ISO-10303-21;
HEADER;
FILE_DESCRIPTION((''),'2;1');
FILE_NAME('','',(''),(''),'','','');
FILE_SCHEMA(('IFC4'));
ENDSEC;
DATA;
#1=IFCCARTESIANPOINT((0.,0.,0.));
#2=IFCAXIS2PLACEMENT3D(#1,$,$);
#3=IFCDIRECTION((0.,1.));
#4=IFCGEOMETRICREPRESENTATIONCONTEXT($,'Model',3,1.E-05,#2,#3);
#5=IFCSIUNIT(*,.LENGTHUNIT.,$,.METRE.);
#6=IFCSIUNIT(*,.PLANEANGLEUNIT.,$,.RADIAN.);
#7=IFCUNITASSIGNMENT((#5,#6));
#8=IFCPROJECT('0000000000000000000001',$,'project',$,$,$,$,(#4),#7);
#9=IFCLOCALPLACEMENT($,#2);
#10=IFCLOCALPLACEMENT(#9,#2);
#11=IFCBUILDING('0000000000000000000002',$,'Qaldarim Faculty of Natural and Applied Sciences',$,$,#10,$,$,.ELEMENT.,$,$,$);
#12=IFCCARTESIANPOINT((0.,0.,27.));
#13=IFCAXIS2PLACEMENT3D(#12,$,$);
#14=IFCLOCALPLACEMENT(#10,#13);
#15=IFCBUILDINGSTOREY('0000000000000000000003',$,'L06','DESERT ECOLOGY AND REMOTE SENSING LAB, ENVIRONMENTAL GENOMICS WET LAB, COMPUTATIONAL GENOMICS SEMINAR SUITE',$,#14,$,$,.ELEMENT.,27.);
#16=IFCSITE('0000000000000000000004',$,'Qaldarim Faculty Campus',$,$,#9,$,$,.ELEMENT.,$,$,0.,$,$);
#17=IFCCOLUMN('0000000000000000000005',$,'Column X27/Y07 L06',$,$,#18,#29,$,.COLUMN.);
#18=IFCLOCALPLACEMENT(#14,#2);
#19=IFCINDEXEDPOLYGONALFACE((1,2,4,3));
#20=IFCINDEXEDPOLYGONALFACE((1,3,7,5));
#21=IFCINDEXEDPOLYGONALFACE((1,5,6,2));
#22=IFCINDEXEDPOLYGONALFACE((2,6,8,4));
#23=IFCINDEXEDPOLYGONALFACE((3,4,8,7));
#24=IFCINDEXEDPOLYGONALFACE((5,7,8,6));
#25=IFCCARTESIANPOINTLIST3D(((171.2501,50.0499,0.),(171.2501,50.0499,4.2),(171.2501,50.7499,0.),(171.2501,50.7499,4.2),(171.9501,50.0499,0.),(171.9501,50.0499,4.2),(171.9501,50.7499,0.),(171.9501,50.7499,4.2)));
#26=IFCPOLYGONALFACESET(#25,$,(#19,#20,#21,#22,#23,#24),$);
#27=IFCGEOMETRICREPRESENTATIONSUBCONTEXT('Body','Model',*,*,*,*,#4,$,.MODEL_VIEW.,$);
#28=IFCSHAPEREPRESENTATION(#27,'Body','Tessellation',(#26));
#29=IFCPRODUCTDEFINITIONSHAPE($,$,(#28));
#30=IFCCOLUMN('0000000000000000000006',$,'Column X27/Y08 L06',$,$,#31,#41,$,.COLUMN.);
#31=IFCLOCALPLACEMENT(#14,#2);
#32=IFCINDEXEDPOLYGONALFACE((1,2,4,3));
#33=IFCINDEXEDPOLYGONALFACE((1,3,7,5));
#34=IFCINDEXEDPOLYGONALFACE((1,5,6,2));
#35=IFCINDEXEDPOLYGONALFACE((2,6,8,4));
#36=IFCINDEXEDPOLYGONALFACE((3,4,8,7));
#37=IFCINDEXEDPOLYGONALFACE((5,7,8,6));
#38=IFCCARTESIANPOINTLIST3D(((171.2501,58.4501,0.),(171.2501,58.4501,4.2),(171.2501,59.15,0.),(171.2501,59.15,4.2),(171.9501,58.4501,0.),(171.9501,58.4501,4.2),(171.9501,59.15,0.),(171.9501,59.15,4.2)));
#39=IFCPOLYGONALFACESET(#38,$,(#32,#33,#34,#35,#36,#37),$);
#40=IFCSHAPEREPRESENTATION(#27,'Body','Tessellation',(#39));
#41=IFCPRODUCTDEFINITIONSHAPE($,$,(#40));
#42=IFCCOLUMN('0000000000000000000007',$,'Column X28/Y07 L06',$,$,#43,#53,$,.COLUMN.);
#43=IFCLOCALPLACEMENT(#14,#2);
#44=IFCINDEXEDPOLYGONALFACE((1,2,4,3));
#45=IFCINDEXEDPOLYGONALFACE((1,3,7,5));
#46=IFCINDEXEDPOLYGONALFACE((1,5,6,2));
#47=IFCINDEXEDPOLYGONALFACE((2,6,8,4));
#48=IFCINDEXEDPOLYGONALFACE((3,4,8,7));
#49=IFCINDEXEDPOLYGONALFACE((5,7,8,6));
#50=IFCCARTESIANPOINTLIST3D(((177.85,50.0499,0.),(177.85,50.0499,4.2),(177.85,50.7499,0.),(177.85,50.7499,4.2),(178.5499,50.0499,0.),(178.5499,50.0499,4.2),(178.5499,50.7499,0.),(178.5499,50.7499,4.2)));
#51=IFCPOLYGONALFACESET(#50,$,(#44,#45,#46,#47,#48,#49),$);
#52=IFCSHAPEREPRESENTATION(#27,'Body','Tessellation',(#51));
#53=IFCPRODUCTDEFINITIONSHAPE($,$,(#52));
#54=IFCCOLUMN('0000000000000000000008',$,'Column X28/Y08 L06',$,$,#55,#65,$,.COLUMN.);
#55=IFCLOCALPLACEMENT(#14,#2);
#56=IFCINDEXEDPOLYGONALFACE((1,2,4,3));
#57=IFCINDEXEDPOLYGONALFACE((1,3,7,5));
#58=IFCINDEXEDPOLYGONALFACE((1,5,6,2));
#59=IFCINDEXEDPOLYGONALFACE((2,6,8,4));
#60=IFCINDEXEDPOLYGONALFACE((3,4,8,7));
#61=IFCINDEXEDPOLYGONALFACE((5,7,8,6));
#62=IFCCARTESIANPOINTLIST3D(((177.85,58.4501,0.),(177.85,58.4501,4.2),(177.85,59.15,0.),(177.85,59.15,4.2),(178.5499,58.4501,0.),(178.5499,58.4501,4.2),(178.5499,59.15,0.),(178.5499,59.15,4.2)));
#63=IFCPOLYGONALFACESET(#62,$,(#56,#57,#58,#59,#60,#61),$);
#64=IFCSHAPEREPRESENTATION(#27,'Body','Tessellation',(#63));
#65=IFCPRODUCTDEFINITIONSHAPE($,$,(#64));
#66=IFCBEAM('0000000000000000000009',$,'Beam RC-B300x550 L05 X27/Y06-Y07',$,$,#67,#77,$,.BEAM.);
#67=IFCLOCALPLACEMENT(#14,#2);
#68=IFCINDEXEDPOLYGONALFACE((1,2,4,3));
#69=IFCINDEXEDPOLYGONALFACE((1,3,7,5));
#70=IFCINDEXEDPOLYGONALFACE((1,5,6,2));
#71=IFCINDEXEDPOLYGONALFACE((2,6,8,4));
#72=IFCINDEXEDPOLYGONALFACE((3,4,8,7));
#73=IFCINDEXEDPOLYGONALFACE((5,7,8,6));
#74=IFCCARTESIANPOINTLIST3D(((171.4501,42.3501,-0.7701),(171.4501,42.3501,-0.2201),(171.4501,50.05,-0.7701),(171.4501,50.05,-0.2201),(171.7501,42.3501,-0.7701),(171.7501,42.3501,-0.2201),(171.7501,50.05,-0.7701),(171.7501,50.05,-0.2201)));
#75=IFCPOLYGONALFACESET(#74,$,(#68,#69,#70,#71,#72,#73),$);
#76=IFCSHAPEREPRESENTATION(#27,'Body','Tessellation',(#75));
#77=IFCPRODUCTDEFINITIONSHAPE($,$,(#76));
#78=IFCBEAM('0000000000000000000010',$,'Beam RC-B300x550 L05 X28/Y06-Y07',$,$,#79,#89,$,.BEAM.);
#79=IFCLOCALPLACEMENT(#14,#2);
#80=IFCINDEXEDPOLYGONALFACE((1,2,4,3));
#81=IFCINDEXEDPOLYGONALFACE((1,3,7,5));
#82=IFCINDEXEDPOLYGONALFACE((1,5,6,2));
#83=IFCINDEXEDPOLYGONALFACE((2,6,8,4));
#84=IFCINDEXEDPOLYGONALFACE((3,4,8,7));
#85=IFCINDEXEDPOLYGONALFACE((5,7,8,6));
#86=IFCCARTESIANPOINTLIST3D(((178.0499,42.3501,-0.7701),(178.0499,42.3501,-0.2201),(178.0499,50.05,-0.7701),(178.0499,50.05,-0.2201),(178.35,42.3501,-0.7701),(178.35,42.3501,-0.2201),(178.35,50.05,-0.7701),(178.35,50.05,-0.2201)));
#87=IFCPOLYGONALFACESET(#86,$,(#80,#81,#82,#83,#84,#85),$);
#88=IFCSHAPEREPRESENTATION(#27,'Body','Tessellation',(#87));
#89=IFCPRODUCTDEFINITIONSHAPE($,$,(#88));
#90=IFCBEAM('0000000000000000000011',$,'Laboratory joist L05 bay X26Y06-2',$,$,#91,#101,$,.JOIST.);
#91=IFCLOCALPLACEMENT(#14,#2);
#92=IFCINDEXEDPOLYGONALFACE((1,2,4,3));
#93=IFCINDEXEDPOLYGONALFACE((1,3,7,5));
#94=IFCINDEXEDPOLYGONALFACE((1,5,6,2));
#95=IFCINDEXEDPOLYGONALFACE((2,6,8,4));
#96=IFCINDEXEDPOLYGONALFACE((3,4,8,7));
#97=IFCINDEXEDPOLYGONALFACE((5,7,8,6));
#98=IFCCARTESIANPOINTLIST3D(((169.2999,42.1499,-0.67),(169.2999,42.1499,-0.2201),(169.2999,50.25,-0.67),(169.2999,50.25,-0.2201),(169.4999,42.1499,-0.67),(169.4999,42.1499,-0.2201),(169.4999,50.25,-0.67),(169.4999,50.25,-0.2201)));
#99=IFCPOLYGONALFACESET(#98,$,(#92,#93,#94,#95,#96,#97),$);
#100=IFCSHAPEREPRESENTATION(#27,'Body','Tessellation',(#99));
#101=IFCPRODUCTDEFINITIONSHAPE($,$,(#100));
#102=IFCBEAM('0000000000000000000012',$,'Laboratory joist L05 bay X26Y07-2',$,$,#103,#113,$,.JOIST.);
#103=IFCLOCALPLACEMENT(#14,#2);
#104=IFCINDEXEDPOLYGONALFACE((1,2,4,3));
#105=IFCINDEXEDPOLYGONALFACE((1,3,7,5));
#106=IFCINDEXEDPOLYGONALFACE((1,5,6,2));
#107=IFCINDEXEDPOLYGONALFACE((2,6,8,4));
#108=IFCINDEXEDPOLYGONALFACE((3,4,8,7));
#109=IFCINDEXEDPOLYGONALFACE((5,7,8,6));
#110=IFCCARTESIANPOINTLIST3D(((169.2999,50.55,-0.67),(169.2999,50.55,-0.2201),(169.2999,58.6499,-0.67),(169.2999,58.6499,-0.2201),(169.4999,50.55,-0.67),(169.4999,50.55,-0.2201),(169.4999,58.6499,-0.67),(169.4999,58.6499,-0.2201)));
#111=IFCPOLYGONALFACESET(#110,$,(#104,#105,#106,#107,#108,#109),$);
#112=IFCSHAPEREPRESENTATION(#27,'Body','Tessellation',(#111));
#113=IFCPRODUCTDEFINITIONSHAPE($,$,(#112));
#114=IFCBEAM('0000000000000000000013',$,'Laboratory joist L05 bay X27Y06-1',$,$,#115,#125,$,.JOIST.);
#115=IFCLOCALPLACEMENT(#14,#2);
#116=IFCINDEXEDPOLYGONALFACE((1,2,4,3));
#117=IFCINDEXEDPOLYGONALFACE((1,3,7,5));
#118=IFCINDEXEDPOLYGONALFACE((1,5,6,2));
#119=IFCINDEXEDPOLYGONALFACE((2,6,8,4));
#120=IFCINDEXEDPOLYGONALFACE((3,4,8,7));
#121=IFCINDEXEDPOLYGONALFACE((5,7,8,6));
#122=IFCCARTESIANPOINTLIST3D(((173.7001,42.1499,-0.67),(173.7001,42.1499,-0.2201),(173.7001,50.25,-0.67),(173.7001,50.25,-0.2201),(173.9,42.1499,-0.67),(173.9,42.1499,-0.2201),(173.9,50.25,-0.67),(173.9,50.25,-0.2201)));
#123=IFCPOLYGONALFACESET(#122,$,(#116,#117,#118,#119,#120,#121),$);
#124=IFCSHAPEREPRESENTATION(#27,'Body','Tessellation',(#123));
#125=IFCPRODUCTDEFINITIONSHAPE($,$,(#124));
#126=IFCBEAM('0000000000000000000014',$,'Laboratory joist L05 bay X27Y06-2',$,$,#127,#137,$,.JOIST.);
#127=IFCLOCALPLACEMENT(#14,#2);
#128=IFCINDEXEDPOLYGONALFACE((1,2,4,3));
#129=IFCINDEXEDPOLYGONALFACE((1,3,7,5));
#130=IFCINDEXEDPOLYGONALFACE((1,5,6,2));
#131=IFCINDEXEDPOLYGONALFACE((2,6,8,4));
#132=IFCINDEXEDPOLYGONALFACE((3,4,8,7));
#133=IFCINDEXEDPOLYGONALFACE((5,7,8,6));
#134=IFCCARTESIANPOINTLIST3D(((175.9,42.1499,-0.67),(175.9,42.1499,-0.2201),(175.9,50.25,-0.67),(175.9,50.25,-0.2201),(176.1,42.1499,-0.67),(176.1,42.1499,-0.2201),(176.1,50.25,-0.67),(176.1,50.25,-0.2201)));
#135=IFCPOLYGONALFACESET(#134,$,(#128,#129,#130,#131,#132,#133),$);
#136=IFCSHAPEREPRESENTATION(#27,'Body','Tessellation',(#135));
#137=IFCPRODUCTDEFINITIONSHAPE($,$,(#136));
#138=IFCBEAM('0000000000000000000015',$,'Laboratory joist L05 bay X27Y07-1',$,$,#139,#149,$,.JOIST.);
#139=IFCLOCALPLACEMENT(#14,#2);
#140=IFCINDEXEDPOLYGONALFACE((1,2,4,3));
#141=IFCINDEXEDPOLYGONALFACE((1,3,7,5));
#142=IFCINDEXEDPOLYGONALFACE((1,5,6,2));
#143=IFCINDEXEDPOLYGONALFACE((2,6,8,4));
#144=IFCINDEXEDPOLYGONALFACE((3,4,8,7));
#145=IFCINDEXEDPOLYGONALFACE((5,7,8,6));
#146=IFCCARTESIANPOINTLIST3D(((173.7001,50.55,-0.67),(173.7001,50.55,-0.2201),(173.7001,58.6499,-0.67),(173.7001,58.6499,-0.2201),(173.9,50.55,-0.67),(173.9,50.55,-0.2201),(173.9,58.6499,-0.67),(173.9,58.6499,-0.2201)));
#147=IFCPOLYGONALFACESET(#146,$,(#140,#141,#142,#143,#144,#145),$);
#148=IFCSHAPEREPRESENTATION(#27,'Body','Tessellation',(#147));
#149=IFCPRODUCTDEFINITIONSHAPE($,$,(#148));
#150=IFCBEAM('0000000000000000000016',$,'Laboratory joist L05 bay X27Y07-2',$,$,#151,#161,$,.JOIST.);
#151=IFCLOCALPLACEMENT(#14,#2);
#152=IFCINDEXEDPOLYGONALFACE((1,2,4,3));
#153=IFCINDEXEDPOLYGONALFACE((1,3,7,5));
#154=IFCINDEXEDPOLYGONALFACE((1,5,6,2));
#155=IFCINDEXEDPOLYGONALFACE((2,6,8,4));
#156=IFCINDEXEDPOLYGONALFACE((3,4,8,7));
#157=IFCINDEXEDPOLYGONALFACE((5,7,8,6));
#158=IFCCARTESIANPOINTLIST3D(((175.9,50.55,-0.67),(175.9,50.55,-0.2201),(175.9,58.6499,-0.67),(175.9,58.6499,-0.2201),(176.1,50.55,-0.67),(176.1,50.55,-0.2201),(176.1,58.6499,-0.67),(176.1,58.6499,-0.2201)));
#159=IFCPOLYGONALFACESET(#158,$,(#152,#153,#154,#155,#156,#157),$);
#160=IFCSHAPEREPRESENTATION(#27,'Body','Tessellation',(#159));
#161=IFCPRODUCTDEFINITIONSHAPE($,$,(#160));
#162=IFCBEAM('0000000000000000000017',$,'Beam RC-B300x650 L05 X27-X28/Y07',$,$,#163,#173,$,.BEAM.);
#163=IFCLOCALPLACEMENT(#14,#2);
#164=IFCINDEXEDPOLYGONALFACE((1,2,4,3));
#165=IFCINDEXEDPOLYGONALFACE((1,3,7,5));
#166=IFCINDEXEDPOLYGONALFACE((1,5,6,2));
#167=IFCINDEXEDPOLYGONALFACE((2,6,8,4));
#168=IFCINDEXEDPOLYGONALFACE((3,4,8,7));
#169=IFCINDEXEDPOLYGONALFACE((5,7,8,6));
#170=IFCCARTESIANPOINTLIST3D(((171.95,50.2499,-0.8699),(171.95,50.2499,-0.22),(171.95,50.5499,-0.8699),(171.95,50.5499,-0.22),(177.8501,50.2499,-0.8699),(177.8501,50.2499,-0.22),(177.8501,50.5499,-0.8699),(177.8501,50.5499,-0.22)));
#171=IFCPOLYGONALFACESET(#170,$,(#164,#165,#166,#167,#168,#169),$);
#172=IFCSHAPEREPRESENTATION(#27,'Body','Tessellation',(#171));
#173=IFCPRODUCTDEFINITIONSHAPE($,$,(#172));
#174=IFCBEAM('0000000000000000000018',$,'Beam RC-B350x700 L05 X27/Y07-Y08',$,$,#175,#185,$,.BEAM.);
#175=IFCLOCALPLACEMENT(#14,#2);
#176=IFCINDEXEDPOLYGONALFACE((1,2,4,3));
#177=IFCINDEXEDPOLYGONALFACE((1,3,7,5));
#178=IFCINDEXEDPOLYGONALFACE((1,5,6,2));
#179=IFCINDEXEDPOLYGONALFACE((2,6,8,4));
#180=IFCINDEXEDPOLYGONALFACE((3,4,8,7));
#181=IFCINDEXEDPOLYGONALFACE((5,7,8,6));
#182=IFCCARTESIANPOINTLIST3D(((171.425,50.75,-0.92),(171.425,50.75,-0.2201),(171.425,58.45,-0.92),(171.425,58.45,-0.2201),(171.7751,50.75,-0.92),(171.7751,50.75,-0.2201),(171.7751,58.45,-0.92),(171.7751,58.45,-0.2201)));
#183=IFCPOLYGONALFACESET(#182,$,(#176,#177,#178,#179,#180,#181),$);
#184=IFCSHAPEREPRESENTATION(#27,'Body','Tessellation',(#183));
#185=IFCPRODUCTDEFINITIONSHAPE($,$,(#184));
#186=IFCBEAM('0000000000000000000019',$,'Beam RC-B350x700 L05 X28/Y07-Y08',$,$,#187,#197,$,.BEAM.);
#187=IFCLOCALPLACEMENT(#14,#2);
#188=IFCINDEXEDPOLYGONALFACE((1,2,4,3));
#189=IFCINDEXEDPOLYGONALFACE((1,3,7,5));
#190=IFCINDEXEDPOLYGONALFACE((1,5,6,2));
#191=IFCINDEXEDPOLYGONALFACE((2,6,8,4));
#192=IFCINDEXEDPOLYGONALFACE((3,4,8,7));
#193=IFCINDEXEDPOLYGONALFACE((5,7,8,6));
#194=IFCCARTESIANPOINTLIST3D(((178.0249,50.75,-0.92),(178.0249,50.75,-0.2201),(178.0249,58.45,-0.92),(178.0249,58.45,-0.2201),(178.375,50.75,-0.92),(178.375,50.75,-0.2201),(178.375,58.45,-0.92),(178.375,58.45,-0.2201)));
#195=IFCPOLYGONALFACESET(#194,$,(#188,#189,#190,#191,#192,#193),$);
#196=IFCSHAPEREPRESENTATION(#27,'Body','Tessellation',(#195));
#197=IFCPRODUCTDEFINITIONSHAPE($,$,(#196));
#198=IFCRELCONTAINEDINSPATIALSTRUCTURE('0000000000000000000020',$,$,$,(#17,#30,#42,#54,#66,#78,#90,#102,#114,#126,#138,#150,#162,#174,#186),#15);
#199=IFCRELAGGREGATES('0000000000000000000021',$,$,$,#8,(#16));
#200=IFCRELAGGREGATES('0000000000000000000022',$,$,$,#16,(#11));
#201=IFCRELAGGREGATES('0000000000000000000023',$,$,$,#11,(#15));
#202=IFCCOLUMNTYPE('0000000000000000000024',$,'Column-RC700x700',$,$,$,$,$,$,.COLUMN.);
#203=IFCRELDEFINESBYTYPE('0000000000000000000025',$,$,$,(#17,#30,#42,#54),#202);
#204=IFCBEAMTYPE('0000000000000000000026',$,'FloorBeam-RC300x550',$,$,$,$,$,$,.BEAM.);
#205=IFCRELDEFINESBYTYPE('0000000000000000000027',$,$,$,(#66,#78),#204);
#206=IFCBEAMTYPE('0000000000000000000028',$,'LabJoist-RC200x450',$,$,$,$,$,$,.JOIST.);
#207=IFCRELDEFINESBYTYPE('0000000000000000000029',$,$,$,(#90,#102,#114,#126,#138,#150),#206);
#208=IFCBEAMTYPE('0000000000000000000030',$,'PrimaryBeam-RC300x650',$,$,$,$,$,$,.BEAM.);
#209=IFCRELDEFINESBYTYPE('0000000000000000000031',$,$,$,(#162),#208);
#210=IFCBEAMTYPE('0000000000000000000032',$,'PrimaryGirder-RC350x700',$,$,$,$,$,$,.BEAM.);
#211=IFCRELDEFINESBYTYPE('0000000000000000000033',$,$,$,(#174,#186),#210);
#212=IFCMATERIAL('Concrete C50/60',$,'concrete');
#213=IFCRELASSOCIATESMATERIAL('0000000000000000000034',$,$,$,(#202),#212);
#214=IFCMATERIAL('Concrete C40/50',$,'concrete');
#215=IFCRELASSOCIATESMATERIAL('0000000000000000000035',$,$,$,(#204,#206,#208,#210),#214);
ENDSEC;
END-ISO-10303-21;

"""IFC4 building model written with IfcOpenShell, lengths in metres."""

from ifc_helpers import new_model, si_unit, direction, frame, origin, origin_2d, place, context, subcontext, project, spatial, rectangle, extrude, material, material_profile, profile_set, type_object, element, save


model = new_model("IFC4")

# Units and contexts
model_context = context("Model", 3, precision=1e-05, world=origin(), true_north=direction((0.0, 1.0)))
body_context = subcontext(model_context, "Body", "Model", "MODEL_VIEW")
ifc_project = project(units=[si_unit("LENGTHUNIT", "METRE"), si_unit("PLANEANGLEUNIT", "RADIAN")], contexts=[model_context])

# Site, building, storey
site_placement = place(None, origin())
site = spatial("IfcSite", under=ifc_project, at=site_placement, Name="Qaldarim Faculty Campus", CompositionType="ELEMENT", RefElevation=0.0)
building_placement = place(site_placement, origin())
building = spatial("IfcBuilding", under=site, at=building_placement, Name="Qaldarim Faculty of Natural and Applied Sciences", CompositionType="ELEMENT")
storey_placement = place(building_placement, frame((0.0, 0.0, 27.0)))
storey = spatial("IfcBuildingStorey", under=building, at=storey_placement, Name="L06", Description="DESERT ECOLOGY AND REMOTE SENSING LAB, ENVIRONMENTAL GENOMICS WET LAB, COMPUTATIONAL GENOMICS SEMINAR SUITE", CompositionType="ELEMENT", Elevation=27.0)

# Columns
ifc_material_1 = material(Name="Concrete C50/60", Category="concrete")
ifc_material_profile_1 = material_profile(ifc_material_1, rectangle(XDim=0.7, YDim=0.7, at=origin_2d()), Name="RC-C700x700")
ifc_profile_set_1 = profile_set([ifc_material_profile_1], Name="Concrete C50/60")
column_type = type_object("IfcColumnType", Name="Column-RC700x700", PredefinedType="COLUMN", material=ifc_profile_set_1)
for number, where, z_axis, x_axis, name in (
    (1, (171.6001, 50.3999, 0.0), (0.0, 0.0, 1.0), (1.0, 0.0, 0.0), "Column X27/Y07 L06"),
    (2, (171.6001, 58.8, 0.0), (0.0, 0.0, 1.0), (1.0, 0.0, 0.0), "Column X27/Y08 L06"),
    (3, (178.2, 50.3999, 0.0), (0.0, 0.0, 1.0), (1.0, 0.0, 0.0), "Column X28/Y07 L06"),
    (4, (178.2, 58.8, 0.0), (0.0, 0.0, 1.0), (1.0, 0.0, 0.0), "Column X28/Y08 L06"),
):
    element("IfcColumn", number, at=place(storey_placement, frame(where, z_axis=z_axis, x_axis=x_axis)), inside=storey, type_object=column_type, Name=name, PredefinedType="COLUMN", context=body_context, shape_type="SweptSolid", body=[
        extrude(rectangle(XDim=0.7, YDim=0.7, at=origin_2d()), origin(), (0.0, 0.0, 1.0), 4.2),
    ])

# Beams
ifc_material_2 = material(Name="Concrete C40/50", Category="concrete")
ifc_material_profile_2 = material_profile(ifc_material_2, rectangle(XDim=0.3, YDim=0.55, at=origin_2d()), Name="RC-B300x550")
ifc_profile_set_2 = profile_set([ifc_material_profile_2], Name="Concrete C40/50")
beam_type_1 = type_object("IfcBeamType", Name="FloorBeam-RC300x550", PredefinedType="BEAM", material=ifc_profile_set_2)
for number, where, z_axis, x_axis, name in (
    (5, (171.6001, 42.3501, -0.4951), (0.0, 1.0, 0.0), (-1.0, 0.0, 0.0), "Beam RC-B300x550 L05 X27/Y06-Y07"),
    (6, (178.2, 42.3501, -0.4951), (0.0, 1.0, 0.0), (-1.0, 0.0, 0.0), "Beam RC-B300x550 L05 X28/Y06-Y07"),
):
    element("IfcBeam", number, at=place(storey_placement, frame(where, z_axis=z_axis, x_axis=x_axis)), inside=storey, type_object=beam_type_1, Name=name, PredefinedType="BEAM", context=body_context, shape_type="SweptSolid", body=[
        extrude(rectangle(XDim=0.3, YDim=0.55, at=origin_2d()), origin(), (0.0, 0.0, 1.0), 7.7),
    ])
ifc_material_profile_3 = material_profile(ifc_material_2, rectangle(XDim=0.2, YDim=0.45, at=origin_2d()), Name="RC-J200x450")
ifc_profile_set_3 = profile_set([ifc_material_profile_3], Name="Concrete C40/50")
beam_type_2 = type_object("IfcBeamType", Name="LabJoist-RC200x450", PredefinedType="JOIST", material=ifc_profile_set_3)
beam_1_placement = place(storey_placement, frame((169.3999, 42.1499, -0.4451), z_axis=(0.0, 1.0, 0.0), x_axis=(-1.0, 0.0, 0.0)))
element("IfcBeam", 7, at=beam_1_placement, inside=storey, type_object=beam_type_2, Name="Laboratory joist L05 bay X26Y06-2", PredefinedType="JOIST", context=body_context, shape_type="SweptSolid", body=[
    extrude(rectangle(XDim=0.2, YDim=0.45, at=origin_2d()), origin(), (0.0, 0.0, 1.0), 8.1001),
])
beam_2_placement = place(storey_placement, frame((169.3999, 50.55, -0.4451), z_axis=(0.0, 1.0, 0.0), x_axis=(-1.0, 0.0, 0.0)))
element("IfcBeam", 8, at=beam_2_placement, inside=storey, type_object=beam_type_2, Name="Laboratory joist L05 bay X26Y07-2", PredefinedType="JOIST", context=body_context, shape_type="SweptSolid", body=[
    extrude(rectangle(XDim=0.2, YDim=0.45, at=origin_2d()), origin(), (0.0, 0.0, 1.0), 8.0999),
])
for number, where, z_axis, x_axis, name in (
    (9, (173.8, 42.1499, -0.4451), (0.0, 1.0, 0.0), (-1.0, 0.0, 0.0), "Laboratory joist L05 bay X27Y06-1"),
    (10, (176.0, 42.1499, -0.4451), (0.0, 1.0, 0.0), (-1.0, 0.0, 0.0), "Laboratory joist L05 bay X27Y06-2"),
):
    element("IfcBeam", number, at=place(storey_placement, frame(where, z_axis=z_axis, x_axis=x_axis)), inside=storey, type_object=beam_type_2, Name=name, PredefinedType="JOIST", context=body_context, shape_type="SweptSolid", body=[
        extrude(rectangle(XDim=0.2, YDim=0.45, at=origin_2d()), origin(), (0.0, 0.0, 1.0), 8.1001),
    ])
for number, where, z_axis, x_axis, name in (
    (11, (173.8, 50.55, -0.4451), (0.0, 1.0, 0.0), (-1.0, 0.0, 0.0), "Laboratory joist L05 bay X27Y07-1"),
    (12, (176.0, 50.55, -0.4451), (0.0, 1.0, 0.0), (-1.0, 0.0, 0.0), "Laboratory joist L05 bay X27Y07-2"),
):
    element("IfcBeam", number, at=place(storey_placement, frame(where, z_axis=z_axis, x_axis=x_axis)), inside=storey, type_object=beam_type_2, Name=name, PredefinedType="JOIST", context=body_context, shape_type="SweptSolid", body=[
        extrude(rectangle(XDim=0.2, YDim=0.45, at=origin_2d()), origin(), (0.0, 0.0, 1.0), 8.0999),
    ])
ifc_material_profile_4 = material_profile(ifc_material_2, rectangle(XDim=0.3, YDim=0.6499, at=origin_2d()), Name="RC-B300x650")
ifc_profile_set_4 = profile_set([ifc_material_profile_4], Name="Concrete C40/50")
beam_type_3 = type_object("IfcBeamType", Name="PrimaryBeam-RC300x650", PredefinedType="BEAM", material=ifc_profile_set_4)
beam_3_placement = place(storey_placement, frame((171.95, 50.3999, -0.5449), z_axis=(1.0, 0.0, 0.0), x_axis=(0.0, 1.0, 0.0)))
element("IfcBeam", 13, at=beam_3_placement, inside=storey, type_object=beam_type_3, Name="Beam RC-B300x650 L05 X27-X28/Y07", PredefinedType="BEAM", context=body_context, shape_type="SweptSolid", body=[
    extrude(rectangle(XDim=0.3, YDim=0.6499, at=origin_2d()), origin(), (0.0, 0.0, 1.0), 5.9001),
])
ifc_material_profile_5 = material_profile(ifc_material_2, rectangle(XDim=0.3501, YDim=0.7, at=origin_2d()), Name="RC-B350x700")
ifc_profile_set_5 = profile_set([ifc_material_profile_5], Name="Concrete C40/50")
beam_type_4 = type_object("IfcBeamType", Name="PrimaryGirder-RC350x700", PredefinedType="BEAM", material=ifc_profile_set_5)
for number, where, z_axis, x_axis, name in (
    (14, (171.6001, 50.75, -0.5701), (0.0, 1.0, 0.0), (-1.0, 0.0, 0.0), "Beam RC-B350x700 L05 X27/Y07-Y08"),
    (15, (178.2, 50.75, -0.5701), (0.0, 1.0, 0.0), (-1.0, 0.0, 0.0), "Beam RC-B350x700 L05 X28/Y07-Y08"),
):
    element("IfcBeam", number, at=place(storey_placement, frame(where, z_axis=z_axis, x_axis=x_axis)), inside=storey, type_object=beam_type_4, Name=name, PredefinedType="BEAM", context=body_context, shape_type="SweptSolid", body=[
        extrude(rectangle(XDim=0.3501, YDim=0.7, at=origin_2d()), origin(), (0.0, 0.0, 1.0), 7.7),
    ])

save(model, "model.ifc")
